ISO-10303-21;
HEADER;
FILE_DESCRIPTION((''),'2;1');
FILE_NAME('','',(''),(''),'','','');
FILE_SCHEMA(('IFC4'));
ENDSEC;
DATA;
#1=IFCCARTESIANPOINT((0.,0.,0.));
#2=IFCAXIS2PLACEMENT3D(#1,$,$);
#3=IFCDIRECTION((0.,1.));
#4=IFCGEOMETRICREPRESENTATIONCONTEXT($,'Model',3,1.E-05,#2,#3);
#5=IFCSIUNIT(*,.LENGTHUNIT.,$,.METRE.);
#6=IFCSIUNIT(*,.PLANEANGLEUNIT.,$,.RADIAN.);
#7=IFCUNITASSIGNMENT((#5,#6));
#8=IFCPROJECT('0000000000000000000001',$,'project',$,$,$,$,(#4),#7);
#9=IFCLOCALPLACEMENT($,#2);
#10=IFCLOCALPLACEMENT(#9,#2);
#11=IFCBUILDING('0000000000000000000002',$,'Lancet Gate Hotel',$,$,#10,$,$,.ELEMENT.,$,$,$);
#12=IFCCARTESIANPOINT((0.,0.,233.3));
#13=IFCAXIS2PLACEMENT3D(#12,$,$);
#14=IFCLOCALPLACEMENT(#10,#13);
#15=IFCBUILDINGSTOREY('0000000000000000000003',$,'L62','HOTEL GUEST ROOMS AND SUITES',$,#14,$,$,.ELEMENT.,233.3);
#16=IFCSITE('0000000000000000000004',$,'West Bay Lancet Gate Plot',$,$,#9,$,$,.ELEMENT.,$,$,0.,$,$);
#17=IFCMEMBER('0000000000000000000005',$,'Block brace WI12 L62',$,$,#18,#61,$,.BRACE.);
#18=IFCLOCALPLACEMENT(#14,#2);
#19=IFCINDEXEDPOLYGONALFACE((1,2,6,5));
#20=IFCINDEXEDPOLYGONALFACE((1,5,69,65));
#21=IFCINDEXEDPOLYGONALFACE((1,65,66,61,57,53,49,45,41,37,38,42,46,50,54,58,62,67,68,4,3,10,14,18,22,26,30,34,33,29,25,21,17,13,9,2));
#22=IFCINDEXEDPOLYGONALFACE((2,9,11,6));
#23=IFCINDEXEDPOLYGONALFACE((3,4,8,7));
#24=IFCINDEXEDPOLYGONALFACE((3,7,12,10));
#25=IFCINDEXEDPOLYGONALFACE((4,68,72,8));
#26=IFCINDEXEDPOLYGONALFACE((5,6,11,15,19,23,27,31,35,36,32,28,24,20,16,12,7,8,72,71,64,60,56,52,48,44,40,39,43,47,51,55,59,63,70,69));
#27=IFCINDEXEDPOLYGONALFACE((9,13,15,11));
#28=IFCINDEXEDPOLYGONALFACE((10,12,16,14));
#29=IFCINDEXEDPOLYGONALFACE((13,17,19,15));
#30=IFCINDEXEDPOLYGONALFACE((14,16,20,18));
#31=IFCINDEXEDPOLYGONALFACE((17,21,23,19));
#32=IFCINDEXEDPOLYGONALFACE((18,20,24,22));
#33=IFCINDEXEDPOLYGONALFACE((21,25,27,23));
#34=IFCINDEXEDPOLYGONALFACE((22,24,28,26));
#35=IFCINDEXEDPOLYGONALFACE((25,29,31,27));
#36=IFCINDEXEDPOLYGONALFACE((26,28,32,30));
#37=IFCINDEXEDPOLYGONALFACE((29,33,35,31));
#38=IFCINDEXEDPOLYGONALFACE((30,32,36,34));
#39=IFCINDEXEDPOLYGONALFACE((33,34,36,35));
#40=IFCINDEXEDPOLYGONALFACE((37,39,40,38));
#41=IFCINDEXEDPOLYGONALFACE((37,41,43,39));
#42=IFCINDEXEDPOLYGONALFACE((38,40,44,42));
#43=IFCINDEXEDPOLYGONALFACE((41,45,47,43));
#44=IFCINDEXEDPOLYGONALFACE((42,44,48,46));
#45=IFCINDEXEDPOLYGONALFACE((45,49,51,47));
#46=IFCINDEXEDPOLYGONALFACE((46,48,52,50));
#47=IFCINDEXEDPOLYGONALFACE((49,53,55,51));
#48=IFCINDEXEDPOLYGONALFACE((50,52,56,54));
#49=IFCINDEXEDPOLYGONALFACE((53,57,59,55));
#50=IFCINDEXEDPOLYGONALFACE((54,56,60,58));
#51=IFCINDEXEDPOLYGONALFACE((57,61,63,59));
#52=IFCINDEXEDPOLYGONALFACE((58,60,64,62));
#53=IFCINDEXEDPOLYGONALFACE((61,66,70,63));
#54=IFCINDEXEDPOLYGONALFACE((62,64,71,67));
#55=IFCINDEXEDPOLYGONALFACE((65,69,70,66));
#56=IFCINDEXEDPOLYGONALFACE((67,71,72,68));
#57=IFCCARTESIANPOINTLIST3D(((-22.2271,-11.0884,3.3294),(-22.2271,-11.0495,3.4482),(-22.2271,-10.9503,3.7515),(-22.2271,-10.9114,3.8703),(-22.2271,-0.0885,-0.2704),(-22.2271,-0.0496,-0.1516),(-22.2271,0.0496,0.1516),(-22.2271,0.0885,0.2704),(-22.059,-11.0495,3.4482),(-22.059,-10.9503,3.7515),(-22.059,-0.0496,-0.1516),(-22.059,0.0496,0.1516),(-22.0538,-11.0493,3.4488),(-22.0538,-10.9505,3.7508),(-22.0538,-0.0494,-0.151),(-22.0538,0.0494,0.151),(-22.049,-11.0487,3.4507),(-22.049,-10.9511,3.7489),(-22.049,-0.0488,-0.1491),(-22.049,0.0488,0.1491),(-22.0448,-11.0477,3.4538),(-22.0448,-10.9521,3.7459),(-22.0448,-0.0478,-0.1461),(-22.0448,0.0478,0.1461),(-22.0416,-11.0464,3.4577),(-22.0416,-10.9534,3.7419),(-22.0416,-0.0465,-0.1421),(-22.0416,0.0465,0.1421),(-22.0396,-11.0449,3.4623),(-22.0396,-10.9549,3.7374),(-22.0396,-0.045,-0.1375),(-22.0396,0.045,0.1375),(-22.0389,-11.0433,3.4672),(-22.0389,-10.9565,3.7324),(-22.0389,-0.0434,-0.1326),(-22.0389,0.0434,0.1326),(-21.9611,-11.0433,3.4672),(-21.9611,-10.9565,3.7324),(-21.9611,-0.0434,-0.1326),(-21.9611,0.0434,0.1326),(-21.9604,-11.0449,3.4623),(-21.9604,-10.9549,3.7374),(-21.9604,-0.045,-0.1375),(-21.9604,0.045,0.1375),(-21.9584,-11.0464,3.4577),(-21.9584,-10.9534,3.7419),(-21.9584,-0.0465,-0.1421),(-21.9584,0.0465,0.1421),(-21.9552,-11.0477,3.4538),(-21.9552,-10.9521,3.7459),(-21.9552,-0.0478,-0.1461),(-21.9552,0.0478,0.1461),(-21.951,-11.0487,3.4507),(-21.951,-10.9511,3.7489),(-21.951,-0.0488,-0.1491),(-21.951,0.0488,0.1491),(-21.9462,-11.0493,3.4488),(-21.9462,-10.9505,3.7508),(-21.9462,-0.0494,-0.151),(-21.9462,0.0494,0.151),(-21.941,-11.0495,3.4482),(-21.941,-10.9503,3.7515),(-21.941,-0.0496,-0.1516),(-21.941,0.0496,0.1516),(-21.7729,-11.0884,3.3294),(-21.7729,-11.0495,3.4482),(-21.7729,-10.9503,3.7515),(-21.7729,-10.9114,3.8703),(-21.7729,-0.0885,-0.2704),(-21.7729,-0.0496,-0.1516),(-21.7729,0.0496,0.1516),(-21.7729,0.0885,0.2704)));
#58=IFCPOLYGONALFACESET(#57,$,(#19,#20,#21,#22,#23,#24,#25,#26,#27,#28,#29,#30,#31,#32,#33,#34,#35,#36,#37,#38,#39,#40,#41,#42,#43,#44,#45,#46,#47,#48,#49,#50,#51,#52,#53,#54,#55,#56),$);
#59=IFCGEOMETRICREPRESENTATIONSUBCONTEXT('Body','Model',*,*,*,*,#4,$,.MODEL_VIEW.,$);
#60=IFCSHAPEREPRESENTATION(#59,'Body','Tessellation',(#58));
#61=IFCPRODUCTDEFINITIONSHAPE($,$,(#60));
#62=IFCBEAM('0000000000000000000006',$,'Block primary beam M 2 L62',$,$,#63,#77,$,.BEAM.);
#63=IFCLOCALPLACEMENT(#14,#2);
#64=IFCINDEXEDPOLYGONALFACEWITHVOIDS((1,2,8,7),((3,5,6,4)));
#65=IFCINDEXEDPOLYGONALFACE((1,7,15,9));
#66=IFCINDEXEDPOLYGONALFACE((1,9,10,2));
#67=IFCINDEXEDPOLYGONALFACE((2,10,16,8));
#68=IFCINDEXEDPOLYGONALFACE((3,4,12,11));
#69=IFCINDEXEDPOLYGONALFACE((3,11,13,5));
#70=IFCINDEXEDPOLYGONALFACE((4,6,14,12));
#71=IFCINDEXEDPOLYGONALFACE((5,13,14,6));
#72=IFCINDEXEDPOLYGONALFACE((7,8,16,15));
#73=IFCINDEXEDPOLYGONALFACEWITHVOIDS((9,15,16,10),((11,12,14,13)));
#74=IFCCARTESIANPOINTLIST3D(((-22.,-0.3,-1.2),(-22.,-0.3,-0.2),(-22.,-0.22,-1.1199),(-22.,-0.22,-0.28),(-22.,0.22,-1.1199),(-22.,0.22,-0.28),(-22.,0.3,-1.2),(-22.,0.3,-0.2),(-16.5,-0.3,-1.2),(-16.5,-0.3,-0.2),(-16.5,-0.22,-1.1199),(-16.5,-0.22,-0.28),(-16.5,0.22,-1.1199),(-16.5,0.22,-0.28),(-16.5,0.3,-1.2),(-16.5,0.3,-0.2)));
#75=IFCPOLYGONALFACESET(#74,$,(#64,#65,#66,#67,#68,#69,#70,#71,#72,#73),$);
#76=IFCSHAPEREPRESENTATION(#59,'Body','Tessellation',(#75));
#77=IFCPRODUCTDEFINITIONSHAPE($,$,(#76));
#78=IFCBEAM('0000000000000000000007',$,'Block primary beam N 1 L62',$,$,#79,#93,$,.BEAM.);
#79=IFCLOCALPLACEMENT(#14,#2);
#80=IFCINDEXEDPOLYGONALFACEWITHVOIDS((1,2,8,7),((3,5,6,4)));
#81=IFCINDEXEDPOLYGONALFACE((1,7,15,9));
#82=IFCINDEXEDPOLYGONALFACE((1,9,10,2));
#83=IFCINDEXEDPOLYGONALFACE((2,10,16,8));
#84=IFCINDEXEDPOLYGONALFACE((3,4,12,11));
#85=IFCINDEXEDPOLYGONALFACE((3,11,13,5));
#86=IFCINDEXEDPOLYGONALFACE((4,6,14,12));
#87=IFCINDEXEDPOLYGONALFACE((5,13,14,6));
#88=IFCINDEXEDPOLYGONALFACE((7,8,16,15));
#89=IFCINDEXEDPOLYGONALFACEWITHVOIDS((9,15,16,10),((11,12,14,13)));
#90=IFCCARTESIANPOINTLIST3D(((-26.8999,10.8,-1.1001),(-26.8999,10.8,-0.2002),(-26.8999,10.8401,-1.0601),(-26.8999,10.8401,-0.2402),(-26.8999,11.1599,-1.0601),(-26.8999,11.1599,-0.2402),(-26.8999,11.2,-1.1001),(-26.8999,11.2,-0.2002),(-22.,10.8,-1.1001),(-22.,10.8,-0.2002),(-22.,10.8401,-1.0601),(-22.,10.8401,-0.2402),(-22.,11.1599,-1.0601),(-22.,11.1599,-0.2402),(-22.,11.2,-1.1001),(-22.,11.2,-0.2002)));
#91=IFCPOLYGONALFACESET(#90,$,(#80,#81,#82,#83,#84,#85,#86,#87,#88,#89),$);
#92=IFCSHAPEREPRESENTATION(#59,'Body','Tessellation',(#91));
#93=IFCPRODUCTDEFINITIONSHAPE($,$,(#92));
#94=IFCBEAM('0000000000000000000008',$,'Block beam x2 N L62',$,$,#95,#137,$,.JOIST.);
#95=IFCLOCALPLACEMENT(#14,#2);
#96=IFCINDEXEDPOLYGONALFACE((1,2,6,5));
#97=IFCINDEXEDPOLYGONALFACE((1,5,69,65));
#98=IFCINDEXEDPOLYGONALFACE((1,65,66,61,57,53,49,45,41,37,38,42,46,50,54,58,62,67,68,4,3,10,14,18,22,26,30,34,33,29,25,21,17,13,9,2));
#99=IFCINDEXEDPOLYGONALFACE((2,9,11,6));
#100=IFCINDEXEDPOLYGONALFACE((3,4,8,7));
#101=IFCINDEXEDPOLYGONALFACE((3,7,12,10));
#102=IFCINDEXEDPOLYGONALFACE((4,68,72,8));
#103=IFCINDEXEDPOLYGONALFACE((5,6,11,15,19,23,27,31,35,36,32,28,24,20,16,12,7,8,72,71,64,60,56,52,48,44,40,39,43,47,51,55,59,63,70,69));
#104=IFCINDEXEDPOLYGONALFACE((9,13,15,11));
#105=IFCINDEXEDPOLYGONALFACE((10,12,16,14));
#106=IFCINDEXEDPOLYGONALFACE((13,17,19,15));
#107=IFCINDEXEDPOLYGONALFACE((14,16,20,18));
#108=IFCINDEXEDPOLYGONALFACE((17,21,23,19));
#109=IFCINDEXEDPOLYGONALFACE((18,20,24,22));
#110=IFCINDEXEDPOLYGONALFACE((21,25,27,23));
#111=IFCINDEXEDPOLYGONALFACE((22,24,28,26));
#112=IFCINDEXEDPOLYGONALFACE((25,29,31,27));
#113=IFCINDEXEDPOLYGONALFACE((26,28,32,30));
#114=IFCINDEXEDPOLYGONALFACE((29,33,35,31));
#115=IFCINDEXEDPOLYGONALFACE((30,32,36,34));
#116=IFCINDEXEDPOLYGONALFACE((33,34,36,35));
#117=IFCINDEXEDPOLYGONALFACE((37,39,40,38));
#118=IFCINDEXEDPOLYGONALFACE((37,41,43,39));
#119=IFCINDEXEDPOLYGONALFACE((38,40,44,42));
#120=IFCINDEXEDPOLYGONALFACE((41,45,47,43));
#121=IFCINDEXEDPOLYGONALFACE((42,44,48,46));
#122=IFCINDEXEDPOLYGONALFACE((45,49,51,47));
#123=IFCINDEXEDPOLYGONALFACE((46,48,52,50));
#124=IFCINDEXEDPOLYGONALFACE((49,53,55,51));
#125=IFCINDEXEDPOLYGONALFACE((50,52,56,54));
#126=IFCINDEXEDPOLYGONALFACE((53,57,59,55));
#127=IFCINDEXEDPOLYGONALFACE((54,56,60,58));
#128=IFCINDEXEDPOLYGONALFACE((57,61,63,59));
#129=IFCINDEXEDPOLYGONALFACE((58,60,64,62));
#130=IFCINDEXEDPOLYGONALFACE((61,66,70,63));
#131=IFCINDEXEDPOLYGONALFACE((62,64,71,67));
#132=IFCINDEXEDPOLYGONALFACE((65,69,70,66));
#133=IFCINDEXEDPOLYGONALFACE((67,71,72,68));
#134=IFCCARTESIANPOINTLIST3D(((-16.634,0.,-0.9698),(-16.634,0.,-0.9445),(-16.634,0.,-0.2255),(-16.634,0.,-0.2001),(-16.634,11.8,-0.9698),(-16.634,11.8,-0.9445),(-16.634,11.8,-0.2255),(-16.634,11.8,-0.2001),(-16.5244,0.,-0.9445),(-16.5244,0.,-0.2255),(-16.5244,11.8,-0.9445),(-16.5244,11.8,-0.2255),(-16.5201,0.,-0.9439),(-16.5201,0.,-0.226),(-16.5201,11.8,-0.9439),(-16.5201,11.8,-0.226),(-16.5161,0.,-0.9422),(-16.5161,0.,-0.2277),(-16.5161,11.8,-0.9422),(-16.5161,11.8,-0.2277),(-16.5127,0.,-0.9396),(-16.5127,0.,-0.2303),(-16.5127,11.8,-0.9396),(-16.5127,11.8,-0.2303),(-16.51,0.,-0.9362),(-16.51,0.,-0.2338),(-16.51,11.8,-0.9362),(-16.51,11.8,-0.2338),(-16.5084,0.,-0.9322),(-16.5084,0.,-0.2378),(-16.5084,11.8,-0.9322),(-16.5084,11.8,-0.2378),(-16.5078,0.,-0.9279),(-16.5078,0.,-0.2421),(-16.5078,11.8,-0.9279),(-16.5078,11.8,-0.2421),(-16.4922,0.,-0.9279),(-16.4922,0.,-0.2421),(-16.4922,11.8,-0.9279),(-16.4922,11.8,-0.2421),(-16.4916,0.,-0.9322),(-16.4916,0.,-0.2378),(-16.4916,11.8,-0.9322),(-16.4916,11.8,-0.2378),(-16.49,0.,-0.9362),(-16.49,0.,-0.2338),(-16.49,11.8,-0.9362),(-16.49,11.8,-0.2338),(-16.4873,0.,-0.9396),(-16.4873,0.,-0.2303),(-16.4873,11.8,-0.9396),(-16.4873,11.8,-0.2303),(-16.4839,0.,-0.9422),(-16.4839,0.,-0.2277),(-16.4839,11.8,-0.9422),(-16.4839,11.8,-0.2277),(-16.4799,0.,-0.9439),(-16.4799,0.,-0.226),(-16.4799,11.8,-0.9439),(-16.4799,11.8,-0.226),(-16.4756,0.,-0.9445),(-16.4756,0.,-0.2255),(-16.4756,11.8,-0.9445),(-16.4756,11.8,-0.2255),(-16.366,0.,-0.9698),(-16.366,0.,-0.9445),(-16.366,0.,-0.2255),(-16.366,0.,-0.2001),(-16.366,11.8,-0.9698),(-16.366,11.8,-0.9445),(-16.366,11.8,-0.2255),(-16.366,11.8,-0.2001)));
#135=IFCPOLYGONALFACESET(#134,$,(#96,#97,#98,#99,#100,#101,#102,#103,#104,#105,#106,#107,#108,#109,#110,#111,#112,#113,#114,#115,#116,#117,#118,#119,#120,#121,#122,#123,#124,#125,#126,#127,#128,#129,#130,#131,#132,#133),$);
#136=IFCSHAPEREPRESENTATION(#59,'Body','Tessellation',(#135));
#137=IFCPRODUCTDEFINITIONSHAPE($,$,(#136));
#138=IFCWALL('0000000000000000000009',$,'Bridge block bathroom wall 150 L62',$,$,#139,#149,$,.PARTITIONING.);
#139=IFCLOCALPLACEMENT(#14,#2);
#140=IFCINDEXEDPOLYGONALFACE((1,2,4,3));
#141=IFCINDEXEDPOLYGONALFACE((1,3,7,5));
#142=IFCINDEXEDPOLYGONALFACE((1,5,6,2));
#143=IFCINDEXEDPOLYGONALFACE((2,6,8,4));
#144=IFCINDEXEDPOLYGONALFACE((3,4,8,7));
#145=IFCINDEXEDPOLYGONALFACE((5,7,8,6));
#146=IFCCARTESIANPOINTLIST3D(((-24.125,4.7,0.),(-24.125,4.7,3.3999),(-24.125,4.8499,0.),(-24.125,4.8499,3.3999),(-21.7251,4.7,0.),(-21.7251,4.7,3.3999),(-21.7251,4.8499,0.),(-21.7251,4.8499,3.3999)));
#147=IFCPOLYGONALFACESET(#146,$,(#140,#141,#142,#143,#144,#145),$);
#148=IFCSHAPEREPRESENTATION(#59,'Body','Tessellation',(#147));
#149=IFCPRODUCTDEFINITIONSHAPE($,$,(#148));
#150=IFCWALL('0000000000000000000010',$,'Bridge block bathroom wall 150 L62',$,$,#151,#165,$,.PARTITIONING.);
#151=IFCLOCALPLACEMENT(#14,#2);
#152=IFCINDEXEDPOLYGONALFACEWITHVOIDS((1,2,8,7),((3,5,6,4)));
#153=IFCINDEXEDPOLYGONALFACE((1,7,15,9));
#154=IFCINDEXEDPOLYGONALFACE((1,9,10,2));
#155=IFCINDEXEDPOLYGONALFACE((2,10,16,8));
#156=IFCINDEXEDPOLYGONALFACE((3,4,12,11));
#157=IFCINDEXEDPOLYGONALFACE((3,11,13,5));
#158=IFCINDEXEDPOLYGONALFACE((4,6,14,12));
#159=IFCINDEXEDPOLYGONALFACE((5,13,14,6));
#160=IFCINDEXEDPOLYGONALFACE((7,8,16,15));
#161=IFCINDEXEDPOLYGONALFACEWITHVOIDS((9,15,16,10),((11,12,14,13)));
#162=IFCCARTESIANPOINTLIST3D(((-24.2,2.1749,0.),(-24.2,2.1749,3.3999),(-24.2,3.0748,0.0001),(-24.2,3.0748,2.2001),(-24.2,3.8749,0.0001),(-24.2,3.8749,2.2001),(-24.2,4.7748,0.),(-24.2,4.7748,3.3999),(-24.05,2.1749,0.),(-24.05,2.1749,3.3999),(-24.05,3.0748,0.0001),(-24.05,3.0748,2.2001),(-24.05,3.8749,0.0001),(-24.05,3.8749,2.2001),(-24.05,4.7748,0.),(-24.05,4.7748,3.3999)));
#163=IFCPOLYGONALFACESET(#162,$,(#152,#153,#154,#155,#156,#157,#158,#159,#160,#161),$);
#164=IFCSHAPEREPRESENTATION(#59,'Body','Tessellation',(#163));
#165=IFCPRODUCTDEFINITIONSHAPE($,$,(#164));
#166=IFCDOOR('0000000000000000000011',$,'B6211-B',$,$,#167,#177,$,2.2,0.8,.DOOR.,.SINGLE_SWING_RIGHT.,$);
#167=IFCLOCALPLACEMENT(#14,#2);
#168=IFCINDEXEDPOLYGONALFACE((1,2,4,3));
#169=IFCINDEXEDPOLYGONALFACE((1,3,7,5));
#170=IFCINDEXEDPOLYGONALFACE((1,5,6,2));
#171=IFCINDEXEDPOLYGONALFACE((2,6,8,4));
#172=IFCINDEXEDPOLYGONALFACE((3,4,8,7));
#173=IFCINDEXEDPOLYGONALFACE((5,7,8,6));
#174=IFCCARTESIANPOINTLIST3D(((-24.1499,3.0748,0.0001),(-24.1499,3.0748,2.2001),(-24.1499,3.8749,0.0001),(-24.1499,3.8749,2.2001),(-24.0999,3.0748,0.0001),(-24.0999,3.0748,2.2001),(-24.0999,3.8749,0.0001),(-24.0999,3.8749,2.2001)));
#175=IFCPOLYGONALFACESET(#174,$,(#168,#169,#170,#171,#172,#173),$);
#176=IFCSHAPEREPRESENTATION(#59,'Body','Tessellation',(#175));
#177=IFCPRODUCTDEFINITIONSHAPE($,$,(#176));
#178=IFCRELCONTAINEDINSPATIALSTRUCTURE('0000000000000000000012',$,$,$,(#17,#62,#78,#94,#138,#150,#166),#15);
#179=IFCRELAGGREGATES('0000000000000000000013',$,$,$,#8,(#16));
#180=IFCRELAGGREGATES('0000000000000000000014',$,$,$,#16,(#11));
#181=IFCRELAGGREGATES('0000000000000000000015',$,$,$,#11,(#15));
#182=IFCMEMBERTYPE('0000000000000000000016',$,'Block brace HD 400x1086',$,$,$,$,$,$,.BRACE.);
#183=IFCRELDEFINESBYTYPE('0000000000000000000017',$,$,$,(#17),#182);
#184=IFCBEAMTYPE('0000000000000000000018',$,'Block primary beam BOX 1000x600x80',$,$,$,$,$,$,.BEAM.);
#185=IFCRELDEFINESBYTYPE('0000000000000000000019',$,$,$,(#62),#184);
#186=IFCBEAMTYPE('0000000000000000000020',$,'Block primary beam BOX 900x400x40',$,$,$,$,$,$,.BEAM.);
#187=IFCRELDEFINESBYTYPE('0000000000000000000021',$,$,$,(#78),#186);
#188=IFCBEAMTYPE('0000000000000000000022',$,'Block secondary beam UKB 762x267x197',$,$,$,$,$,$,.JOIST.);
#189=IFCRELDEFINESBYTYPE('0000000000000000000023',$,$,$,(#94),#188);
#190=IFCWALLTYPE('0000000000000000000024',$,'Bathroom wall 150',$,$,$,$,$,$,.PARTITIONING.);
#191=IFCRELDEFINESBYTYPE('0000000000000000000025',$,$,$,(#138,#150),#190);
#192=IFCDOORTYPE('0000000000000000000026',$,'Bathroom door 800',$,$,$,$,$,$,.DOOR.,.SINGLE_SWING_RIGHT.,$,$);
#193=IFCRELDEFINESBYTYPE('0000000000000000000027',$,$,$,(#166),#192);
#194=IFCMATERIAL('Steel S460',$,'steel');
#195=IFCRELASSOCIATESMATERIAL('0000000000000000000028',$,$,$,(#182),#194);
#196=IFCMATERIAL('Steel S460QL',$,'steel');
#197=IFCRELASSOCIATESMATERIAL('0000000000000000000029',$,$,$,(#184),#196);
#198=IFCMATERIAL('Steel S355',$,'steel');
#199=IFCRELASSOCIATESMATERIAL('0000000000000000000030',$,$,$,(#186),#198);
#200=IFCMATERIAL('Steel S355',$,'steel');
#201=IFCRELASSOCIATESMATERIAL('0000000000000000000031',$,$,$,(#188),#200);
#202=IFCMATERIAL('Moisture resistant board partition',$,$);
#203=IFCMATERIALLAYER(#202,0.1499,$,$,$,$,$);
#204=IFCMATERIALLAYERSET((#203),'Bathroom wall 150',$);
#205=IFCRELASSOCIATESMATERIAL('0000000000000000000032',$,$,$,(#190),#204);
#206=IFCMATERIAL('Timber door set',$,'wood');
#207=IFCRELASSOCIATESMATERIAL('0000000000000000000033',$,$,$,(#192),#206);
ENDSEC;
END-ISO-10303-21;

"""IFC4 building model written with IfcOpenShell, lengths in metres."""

from ifc_helpers import new_model, si_unit, direction, frame, frame_2d, origin, origin_2d, place, context, subcontext, project, spatial, rectangle, hollow_rectangle, i_section, extrude, material, layer, layer_set, material_profile, profile_set, type_object, element, fill, save


model = new_model("IFC4")

# Units and contexts
model_context = context("Model", 3, precision=1e-05, world=origin(), true_north=direction((0.0, 1.0)))
body_context = subcontext(model_context, "Body", "Model", "MODEL_VIEW")
ifc_project = project(units=[si_unit("LENGTHUNIT", "METRE"), si_unit("PLANEANGLEUNIT", "RADIAN")], contexts=[model_context])

# Site, building, storey
site_placement = place(None, origin())
site = spatial("IfcSite", under=ifc_project, at=site_placement, Name="West Bay Lancet Gate Plot", CompositionType="ELEMENT", RefElevation=0.0)
building_placement = place(site_placement, origin())
building = spatial("IfcBuilding", under=site, at=building_placement, Name="Lancet Gate Hotel", CompositionType="ELEMENT")
storey_placement = place(building_placement, frame((0.0, 0.0, 233.3)))
storey = spatial("IfcBuildingStorey", under=building, at=storey_placement, Name="L62", Description="HOTEL GUEST ROOMS AND SUITES", CompositionType="ELEMENT", Elevation=233.3)

# Member
ifc_material_1 = material(Name="Steel S460", Category="steel")
ifc_material_profile_1 = material_profile(ifc_material_1, i_section(OverallWidth=0.4541, OverallDepth=0.5691, WebThickness=0.0779, FlangeThickness=0.125, FilletRadius=0.02, at=origin_2d()), Name="HD 400x1086")
ifc_profile_set_1 = profile_set([ifc_material_profile_1], Name="Steel S460")
member_type = type_object("IfcMemberType", Name="Block brace HD 400x1086", PredefinedType="BRACE", material=ifc_profile_set_1)
member_placement = place(storey_placement, frame((-22.0, 0.0, 0.0), z_axis=(0.0, -0.950401, 0.311028), x_axis=(1.0, 0.0, 0.0)))
element("IfcMember", 1, at=member_placement, inside=storey, type_object=member_type, Name="Block brace WI12 L62", PredefinedType="BRACE", context=body_context, shape_type="SweptSolid", body=[
    extrude(i_section(OverallWidth=0.4541, OverallDepth=0.5691, WebThickness=0.0779, FlangeThickness=0.125, FilletRadius=0.02, at=origin_2d()), origin(), (0.0, 0.0, 1.0), 11.574),
])

# Beams
ifc_material_2 = material(Name="Steel S460QL", Category="steel")
ifc_material_profile_2 = material_profile(ifc_material_2, hollow_rectangle(XDim=0.6001, YDim=1.0, WallThickness=0.0801, at=origin_2d()), Name="BOX 1000x600x80")
ifc_profile_set_2 = profile_set([ifc_material_profile_2], Name="Steel S460QL")
beam_type_1 = type_object("IfcBeamType", Name="Block primary beam BOX 1000x600x80", PredefinedType="BEAM", material=ifc_profile_set_2)
beam_1_placement = place(storey_placement, frame((-22.0, 0.0, -0.7), z_axis=(1.0, 0.0, 0.0), x_axis=(0.0, 1.0, 0.0)))
element("IfcBeam", 2, at=beam_1_placement, inside=storey, type_object=beam_type_1, Name="Block primary beam M 2 L62", PredefinedType="BEAM", context=body_context, shape_type="SweptSolid", body=[
    extrude(hollow_rectangle(XDim=0.6001, YDim=1.0, WallThickness=0.0801, at=origin_2d()), origin(), (0.0, 0.0, 1.0), 5.5),
])
ifc_material_3 = material(Name="Steel S355", Category="steel")
ifc_material_profile_3 = material_profile(ifc_material_3, hollow_rectangle(XDim=0.3999, YDim=0.8999, WallThickness=0.04, at=origin_2d()), Name="BOX 900x400x40")
ifc_profile_set_3 = profile_set([ifc_material_profile_3], Name="Steel S355")
beam_type_2 = type_object("IfcBeamType", Name="Block primary beam BOX 900x400x40", PredefinedType="BEAM", material=ifc_profile_set_3)
beam_2_placement = place(storey_placement, frame((-26.8999, 11.0, -0.6501), z_axis=(1.0, 0.0, 0.0), x_axis=(0.0, 1.0, 0.0)))
element("IfcBeam", 3, at=beam_2_placement, inside=storey, type_object=beam_type_2, Name="Block primary beam N 1 L62", PredefinedType="BEAM", context=body_context, shape_type="SweptSolid", body=[
    extrude(hollow_rectangle(XDim=0.3999, YDim=0.8999, WallThickness=0.04, at=origin_2d()), origin(), (0.0, 0.0, 1.0), 4.8999),
])
ifc_material_4 = material(Name="Steel S355", Category="steel")
ifc_material_profile_4 = material_profile(ifc_material_4, i_section(OverallWidth=0.2681, OverallDepth=0.7698, WebThickness=0.0156, FlangeThickness=0.0254, FilletRadius=0.0166, at=origin_2d()), Name="UKB 762x267x197")
ifc_profile_set_4 = profile_set([ifc_material_profile_4], Name="Steel S355")
beam_type_3 = type_object("IfcBeamType", Name="Block secondary beam UKB 762x267x197", PredefinedType="JOIST", material=ifc_profile_set_4)
beam_3_placement = place(storey_placement, frame((-16.5, 0.0, -0.585), z_axis=(0.0, 1.0, 0.0), x_axis=(-1.0, 0.0, 0.0)))
element("IfcBeam", 4, at=beam_3_placement, inside=storey, type_object=beam_type_3, Name="Block beam x2 N L62", PredefinedType="JOIST", context=body_context, shape_type="SweptSolid", body=[
    extrude(i_section(OverallWidth=0.2681, OverallDepth=0.7698, WebThickness=0.0156, FlangeThickness=0.0254, FilletRadius=0.0166, at=origin_2d()), origin(), (0.0, 0.0, 1.0), 11.8),
])

# Wall
ifc_material_5 = material(Name="Moisture resistant board partition")
ifc_layer_1 = layer(ifc_material_5, 0.1499)
ifc_layer_set_1 = layer_set([ifc_layer_1], Name="Bathroom wall 150")
wall_type_1 = type_object("IfcWallType", Name="Bathroom wall 150", PredefinedType="PARTITIONING", material=ifc_layer_set_1)
wall_1_placement = place(storey_placement, frame((-24.125, 4.7749, 0.0), z_axis=(0.0, 0.0, 1.0), x_axis=(1.0, 0.0, 0.0)))
element("IfcWall", 5, at=wall_1_placement, inside=storey, type_object=wall_type_1, Name="Bridge block bathroom wall 150 L62", PredefinedType="PARTITIONING", context=body_context, shape_type="SweptSolid", body=[
    extrude(rectangle(XDim=2.3999, YDim=0.1499, at=frame_2d((1.2, 0.0))), origin(), (0.0, 0.0, 1.0), 3.3999),
])

# Wall, opening, door
wall_2_placement = place(storey_placement, frame((-24.125, 2.175, 0.0), z_axis=(0.0, 0.0, 1.0), x_axis=(0.0, 1.0, 0.0)))
wall_2 = element("IfcWall", 6, at=wall_2_placement, inside=storey, type_object=wall_type_1, Name="Bridge block bathroom wall 150 L62", PredefinedType="PARTITIONING", context=body_context, shape_type="SweptSolid", body=[
    extrude(rectangle(XDim=2.5999, YDim=0.1499, at=frame_2d((1.2998, 0.0))), origin(), (0.0, 0.0, 1.0), 3.3999),
])
opening_1_placement = place(wall_2_placement, frame((0.8999, 0.0, 0.0)))
opening_1 = element("IfcOpeningElement", 7, at=opening_1_placement, cuts=wall_2, PredefinedType="OPENING", context=body_context, shape_type="SweptSolid", body=[
    extrude(rectangle(XDim=0.8, YDim=2.2, at=frame_2d((0.3999, 1.1001))), frame((0.0, 0.085, 0.0), z_axis=(0.0, -1.0, 0.0), x_axis=(1.0, 0.0, 0.0)), (0.0, 0.0, 1.0), 0.1699),
])
ifc_material_6 = material(Name="Timber door set", Category="wood")
door_type = type_object("IfcDoorType", Name="Bathroom door 800", OperationType="SINGLE_SWING_RIGHT", PredefinedType="DOOR", material=ifc_material_6)
door_1_placement = place(opening_1_placement, origin())
door_1 = element("IfcDoor", 8, at=door_1_placement, inside=storey, type_object=door_type, Name="B6211-B", OperationType="SINGLE_SWING_RIGHT", OverallHeight=2.2, OverallWidth=0.8, PredefinedType="DOOR", context=body_context, shape_type="SweptSolid", body=[
    extrude(rectangle(XDim=0.8, YDim=2.2, at=frame_2d((0.3999, 1.1001))), frame((0.0, 0.0249, 0.0), z_axis=(0.0, -1.0, 0.0), x_axis=(1.0, 0.0, 0.0)), (0.0, 0.0, 1.0), 0.05),
])
fill(opening_1, door_1)

save(model, "model.ifc")
